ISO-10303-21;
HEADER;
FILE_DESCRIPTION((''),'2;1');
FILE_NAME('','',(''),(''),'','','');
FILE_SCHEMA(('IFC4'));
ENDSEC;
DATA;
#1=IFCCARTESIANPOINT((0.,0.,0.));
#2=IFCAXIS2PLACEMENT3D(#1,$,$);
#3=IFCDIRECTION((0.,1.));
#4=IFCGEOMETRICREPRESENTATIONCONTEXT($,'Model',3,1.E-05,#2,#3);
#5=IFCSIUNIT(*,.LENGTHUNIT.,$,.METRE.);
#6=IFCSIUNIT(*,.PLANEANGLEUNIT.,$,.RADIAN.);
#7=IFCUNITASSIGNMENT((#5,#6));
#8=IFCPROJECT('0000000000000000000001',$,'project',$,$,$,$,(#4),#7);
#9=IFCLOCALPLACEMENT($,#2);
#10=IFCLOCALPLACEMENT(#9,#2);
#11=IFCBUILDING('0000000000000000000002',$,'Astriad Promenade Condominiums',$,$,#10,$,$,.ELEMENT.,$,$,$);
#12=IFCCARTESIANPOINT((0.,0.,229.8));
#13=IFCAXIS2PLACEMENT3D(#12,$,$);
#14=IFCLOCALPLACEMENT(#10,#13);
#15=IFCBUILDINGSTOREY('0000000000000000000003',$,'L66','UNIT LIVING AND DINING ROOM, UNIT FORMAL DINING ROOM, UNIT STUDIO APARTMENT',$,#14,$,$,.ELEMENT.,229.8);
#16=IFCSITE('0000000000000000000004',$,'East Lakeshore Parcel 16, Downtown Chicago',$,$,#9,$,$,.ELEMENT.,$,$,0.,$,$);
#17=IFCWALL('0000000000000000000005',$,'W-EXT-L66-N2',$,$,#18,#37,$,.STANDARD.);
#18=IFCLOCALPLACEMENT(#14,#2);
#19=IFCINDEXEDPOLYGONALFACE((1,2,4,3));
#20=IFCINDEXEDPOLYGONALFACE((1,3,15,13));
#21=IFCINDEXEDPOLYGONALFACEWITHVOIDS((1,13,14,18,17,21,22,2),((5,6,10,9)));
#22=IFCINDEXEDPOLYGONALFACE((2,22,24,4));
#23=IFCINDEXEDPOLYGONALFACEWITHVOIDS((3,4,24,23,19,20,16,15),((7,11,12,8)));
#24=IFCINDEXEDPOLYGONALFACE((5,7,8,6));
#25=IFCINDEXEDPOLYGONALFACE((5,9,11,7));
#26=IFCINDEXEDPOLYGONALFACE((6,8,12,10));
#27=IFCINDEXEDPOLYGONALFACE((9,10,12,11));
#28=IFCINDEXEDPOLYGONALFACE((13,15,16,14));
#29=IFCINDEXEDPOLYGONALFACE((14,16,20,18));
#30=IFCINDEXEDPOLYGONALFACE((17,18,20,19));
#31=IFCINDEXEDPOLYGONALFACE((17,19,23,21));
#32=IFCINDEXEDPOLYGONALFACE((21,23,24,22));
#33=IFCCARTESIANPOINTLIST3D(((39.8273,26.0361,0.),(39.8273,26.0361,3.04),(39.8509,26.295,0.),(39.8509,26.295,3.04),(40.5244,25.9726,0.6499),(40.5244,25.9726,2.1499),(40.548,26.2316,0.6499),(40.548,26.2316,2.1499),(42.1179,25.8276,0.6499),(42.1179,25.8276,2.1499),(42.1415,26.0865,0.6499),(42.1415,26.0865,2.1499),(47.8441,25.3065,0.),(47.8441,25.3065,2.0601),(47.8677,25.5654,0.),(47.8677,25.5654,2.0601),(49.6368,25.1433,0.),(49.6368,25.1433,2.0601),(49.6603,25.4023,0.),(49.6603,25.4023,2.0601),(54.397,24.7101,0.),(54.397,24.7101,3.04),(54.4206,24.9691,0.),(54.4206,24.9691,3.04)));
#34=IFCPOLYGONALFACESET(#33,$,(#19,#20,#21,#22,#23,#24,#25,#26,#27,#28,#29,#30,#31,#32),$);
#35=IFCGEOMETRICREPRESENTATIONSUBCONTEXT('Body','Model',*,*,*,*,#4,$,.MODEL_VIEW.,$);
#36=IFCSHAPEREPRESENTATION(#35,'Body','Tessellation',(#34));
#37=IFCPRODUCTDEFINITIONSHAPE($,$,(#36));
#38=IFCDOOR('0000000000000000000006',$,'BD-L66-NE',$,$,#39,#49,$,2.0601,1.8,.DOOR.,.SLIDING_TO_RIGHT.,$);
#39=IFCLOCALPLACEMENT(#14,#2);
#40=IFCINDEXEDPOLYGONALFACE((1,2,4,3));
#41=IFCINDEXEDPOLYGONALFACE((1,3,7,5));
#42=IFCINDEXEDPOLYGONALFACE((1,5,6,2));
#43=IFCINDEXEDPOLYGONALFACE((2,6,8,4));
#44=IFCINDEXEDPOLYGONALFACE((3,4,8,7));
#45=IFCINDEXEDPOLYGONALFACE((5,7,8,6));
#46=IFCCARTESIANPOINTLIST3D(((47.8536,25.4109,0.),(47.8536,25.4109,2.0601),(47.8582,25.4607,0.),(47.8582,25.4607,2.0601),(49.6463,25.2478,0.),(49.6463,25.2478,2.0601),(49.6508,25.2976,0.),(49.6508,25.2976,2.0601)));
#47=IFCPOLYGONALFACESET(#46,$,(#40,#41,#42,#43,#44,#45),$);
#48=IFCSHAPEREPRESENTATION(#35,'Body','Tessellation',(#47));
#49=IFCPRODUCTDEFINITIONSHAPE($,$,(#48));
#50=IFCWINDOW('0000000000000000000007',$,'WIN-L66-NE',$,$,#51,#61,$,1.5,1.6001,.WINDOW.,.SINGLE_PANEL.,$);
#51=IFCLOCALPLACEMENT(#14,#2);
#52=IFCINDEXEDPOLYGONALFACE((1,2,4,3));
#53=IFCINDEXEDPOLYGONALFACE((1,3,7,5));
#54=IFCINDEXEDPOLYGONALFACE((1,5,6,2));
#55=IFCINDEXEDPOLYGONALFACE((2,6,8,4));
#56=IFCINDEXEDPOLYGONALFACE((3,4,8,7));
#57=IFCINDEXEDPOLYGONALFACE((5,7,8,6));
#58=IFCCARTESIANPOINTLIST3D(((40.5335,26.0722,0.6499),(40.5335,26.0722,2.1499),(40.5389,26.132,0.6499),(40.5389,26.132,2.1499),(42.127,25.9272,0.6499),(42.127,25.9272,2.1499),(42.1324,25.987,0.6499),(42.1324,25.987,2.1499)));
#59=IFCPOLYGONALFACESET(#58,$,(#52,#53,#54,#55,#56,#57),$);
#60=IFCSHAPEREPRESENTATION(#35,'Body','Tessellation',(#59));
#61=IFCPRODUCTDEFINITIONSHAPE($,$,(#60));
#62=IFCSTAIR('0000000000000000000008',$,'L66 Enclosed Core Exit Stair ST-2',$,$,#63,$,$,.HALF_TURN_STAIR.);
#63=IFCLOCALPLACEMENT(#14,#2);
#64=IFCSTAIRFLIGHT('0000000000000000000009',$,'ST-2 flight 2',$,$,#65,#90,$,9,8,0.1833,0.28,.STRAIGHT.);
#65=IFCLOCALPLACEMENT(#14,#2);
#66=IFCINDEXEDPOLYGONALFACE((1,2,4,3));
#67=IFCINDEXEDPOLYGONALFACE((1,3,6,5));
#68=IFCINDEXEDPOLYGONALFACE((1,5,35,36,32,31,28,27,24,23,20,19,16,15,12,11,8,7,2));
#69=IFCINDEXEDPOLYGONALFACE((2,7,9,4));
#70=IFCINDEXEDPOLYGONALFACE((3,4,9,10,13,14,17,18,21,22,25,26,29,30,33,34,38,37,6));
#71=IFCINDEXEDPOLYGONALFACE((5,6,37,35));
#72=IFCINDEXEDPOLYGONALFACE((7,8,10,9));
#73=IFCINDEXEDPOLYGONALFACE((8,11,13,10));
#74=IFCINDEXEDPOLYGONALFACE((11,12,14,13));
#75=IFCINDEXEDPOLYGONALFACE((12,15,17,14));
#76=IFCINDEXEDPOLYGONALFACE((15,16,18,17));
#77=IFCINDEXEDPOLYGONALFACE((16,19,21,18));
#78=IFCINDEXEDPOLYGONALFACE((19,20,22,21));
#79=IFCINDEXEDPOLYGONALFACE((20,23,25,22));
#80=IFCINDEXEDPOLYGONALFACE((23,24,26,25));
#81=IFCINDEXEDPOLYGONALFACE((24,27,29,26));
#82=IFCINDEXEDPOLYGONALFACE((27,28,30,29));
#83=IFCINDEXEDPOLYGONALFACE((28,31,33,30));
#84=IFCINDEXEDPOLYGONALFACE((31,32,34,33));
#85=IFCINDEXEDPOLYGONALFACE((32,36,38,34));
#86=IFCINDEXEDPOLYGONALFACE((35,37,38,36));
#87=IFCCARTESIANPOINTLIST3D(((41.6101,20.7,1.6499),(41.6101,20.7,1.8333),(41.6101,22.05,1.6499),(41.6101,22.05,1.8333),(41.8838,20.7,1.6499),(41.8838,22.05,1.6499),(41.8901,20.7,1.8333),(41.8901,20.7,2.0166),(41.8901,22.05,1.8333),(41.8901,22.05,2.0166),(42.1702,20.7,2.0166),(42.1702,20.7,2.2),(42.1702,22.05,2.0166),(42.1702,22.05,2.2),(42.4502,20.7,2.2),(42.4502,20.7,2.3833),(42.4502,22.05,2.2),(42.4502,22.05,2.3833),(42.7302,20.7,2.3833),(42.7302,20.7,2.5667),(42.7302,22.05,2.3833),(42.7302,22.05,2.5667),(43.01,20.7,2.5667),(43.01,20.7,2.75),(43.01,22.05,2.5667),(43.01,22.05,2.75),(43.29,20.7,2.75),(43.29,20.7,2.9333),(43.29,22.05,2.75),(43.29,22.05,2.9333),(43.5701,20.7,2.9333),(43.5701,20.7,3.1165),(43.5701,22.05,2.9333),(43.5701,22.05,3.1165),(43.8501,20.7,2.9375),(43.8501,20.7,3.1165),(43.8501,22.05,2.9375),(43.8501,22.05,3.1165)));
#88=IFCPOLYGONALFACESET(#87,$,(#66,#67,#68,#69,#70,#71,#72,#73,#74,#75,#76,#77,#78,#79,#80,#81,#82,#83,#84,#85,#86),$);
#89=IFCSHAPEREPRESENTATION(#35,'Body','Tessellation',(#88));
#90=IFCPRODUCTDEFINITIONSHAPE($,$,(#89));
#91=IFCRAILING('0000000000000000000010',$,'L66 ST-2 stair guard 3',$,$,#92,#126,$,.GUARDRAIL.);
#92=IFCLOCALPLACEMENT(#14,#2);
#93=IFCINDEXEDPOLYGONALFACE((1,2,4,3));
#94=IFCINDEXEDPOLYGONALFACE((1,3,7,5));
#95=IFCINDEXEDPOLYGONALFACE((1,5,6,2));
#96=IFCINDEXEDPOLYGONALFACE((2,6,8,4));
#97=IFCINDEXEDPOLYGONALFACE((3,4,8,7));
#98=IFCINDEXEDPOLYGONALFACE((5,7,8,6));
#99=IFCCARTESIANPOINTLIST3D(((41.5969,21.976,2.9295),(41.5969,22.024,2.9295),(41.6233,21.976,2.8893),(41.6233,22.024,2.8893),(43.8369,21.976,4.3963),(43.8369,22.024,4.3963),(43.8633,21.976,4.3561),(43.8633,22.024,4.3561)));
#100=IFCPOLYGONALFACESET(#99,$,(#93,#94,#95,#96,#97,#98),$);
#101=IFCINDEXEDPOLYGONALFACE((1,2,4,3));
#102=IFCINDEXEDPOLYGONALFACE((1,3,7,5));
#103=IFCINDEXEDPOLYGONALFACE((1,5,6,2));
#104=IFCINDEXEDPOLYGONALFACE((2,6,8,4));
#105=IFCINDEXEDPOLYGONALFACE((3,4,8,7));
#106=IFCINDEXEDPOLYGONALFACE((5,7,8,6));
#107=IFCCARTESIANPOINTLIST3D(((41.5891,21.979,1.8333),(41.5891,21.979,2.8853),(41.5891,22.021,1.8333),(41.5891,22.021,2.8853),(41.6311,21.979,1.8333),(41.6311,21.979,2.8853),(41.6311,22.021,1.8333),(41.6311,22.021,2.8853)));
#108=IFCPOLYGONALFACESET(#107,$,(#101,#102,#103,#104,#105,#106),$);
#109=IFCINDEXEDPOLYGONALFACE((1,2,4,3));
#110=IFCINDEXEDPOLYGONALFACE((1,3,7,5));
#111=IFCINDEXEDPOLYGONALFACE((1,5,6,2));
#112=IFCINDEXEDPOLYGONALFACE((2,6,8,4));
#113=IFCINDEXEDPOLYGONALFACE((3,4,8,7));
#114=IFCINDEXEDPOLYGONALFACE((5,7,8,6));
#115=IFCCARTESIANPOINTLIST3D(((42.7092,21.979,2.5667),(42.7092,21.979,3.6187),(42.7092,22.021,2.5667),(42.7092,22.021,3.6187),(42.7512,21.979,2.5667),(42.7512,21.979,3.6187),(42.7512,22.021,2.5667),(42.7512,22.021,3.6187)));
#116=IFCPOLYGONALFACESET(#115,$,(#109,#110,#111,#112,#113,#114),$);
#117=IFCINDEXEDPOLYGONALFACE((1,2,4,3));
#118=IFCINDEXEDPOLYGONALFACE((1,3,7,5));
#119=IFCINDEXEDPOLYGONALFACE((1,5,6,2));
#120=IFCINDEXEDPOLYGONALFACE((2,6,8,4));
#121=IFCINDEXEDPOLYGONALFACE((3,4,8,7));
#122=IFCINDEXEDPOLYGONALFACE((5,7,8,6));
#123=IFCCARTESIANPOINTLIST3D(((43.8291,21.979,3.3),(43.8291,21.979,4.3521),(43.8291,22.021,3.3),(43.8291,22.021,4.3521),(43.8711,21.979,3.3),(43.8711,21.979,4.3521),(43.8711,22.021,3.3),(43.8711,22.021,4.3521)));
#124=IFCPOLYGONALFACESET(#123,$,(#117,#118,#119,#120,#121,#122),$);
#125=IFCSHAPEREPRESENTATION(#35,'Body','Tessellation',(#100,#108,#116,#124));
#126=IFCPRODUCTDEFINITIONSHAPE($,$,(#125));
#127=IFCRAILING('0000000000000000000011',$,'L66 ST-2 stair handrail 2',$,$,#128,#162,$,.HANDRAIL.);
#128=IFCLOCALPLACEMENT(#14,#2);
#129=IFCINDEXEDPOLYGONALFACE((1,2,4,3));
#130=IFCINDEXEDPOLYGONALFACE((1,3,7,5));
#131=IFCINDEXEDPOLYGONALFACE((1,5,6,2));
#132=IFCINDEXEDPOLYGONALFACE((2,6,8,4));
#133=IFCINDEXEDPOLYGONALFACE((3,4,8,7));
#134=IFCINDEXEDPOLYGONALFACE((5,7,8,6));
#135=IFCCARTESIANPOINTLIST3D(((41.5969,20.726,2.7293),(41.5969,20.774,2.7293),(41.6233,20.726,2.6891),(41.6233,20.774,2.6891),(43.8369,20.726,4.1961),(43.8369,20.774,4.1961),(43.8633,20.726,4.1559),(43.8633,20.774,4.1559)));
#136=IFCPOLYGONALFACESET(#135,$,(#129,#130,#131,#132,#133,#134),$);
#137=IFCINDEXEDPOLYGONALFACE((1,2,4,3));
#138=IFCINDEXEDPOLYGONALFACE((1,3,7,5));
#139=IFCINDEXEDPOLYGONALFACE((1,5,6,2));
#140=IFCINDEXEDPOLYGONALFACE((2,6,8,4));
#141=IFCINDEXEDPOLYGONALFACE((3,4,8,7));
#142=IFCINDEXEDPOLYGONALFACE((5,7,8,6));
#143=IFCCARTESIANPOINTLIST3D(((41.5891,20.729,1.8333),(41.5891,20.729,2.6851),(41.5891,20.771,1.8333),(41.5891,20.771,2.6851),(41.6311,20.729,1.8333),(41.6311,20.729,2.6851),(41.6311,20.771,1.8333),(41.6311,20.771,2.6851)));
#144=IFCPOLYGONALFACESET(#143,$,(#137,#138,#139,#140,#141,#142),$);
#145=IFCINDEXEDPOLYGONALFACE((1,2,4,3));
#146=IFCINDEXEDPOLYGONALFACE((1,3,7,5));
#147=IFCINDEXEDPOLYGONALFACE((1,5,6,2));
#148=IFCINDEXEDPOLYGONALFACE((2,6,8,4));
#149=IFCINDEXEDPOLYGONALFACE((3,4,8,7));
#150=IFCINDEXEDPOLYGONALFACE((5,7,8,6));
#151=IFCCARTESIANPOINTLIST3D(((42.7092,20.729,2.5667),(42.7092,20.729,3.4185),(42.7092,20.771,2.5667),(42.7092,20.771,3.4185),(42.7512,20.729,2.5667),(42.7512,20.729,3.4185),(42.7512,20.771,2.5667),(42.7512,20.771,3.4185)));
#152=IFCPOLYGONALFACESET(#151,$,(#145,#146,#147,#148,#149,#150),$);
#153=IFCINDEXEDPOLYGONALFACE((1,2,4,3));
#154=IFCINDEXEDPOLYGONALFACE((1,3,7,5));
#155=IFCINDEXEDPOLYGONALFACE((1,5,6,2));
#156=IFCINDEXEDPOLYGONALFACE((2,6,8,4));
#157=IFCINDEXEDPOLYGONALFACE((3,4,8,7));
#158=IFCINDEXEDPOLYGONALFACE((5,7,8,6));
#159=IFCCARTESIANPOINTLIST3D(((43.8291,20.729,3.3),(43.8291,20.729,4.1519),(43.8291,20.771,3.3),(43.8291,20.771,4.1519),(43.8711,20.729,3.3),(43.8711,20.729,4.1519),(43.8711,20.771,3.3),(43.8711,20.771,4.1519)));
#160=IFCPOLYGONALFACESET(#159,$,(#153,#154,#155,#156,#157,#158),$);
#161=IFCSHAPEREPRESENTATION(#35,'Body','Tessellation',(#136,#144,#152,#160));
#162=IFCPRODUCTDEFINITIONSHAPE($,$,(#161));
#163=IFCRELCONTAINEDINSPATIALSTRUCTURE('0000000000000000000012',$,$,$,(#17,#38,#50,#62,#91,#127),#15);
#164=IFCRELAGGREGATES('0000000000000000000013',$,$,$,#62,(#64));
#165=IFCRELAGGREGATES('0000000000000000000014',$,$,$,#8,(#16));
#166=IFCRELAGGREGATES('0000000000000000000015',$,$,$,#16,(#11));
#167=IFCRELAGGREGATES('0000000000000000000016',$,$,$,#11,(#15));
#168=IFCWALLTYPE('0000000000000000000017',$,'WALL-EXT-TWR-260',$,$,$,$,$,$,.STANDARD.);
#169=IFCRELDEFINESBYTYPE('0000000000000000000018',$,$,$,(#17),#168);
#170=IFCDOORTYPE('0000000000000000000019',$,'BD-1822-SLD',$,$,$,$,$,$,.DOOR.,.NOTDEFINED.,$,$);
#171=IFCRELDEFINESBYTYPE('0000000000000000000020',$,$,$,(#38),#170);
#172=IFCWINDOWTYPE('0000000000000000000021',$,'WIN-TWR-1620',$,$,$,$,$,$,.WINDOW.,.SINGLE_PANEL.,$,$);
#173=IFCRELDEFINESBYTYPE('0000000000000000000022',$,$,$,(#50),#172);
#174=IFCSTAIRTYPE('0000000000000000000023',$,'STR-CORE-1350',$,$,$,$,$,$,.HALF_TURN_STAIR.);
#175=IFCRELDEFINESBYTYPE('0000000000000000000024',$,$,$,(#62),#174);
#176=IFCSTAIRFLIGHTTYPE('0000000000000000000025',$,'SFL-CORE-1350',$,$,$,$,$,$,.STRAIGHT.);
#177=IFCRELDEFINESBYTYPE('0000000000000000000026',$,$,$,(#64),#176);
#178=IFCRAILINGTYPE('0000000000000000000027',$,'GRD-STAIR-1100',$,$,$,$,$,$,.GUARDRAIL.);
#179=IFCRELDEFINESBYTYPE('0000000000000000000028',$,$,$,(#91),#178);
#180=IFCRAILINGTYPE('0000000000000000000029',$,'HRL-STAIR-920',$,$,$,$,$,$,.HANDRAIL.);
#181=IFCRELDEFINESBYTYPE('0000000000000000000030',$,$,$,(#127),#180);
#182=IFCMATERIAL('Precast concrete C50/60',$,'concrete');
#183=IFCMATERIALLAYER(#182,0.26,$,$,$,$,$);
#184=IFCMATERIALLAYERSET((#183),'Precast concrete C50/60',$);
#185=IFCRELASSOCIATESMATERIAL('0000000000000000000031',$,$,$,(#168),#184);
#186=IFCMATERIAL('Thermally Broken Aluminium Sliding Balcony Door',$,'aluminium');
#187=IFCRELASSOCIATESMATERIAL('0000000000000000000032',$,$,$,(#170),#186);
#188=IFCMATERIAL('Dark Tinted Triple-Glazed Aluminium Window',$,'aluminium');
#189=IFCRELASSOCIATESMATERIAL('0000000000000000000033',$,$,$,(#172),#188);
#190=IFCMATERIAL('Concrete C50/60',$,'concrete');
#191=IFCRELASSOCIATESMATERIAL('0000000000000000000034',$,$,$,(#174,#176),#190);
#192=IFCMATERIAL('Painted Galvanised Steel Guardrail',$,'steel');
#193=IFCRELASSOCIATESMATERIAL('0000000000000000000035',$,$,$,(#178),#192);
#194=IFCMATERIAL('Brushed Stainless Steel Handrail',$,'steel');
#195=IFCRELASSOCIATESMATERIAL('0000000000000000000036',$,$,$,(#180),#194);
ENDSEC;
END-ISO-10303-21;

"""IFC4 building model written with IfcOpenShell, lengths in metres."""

from ifc_helpers import new_model, si_unit, direction, frame, frame_2d, origin, origin_2d, place, context, subcontext, project, spatial, polyline, rectangle, outline, extrude, source, transform, mapped, material, layer, layer_set, type_object, type_shapes, element, fill, aggregate, save


model = new_model("IFC4")

# Units and contexts
model_context = context("Model", 3, precision=1e-05, world=origin(), true_north=direction((0.0, 1.0)))
body_context = subcontext(model_context, "Body", "Model", "MODEL_VIEW")
ifc_project = project(units=[si_unit("LENGTHUNIT", "METRE"), si_unit("PLANEANGLEUNIT", "RADIAN")], contexts=[model_context])

# Site, building, storey
site_placement = place(None, origin())
site = spatial("IfcSite", under=ifc_project, at=site_placement, Name="East Lakeshore Parcel 16, Downtown Chicago", CompositionType="ELEMENT", RefElevation=0.0)
building_placement = place(site_placement, origin())
building = spatial("IfcBuilding", under=site, at=building_placement, Name="Astriad Promenade Condominiums", CompositionType="ELEMENT")
storey_placement = place(building_placement, frame((0.0, 0.0, 229.8)))
storey = spatial("IfcBuildingStorey", under=building, at=storey_placement, Name="L66", Description="UNIT LIVING AND DINING ROOM, UNIT FORMAL DINING ROOM, UNIT STUDIO APARTMENT", CompositionType="ELEMENT", Elevation=229.8)

# Shared definitions
ifc_material_1 = material(Name="Concrete C50/60", Category="concrete")

# Wall, openings, door, window
ifc_material_2 = material(Name="Precast concrete C50/60", Category="concrete")
ifc_layer_1 = layer(ifc_material_2, 0.26)
ifc_layer_set_1 = layer_set([ifc_layer_1], Name="Precast concrete C50/60")
wall_type_1 = type_object("IfcWallType", Name="WALL-EXT-TWR-260", PredefinedType="STANDARD", material=ifc_layer_set_1)
wall_1_placement = place(storey_placement, frame((39.8391, 26.1655, 0.0), z_axis=(0.0, 0.0, 1.0), x_axis=(0.995884, -0.090632, 0.0)))
wall_1 = element("IfcWall", 1, at=wall_1_placement, inside=storey, type_object=wall_type_1, Name="W-EXT-L66-N2", PredefinedType="STANDARD", context=body_context, shape_type="SweptSolid", body=[
    extrude(rectangle(XDim=14.6299, YDim=0.26, at=frame_2d((7.3149, 0.0))), origin(), (0.0, 0.0, 1.0), 3.04),
])
opening_1_placement = place(wall_1_placement, frame((8.05, 0.0, 0.0)))
opening_1 = element("IfcOpeningElement", 2, at=opening_1_placement, cuts=wall_1, PredefinedType="OPENING", context=body_context, shape_type="SweptSolid", body=[
    extrude(rectangle(XDim=1.8, YDim=2.0601, at=frame_2d((0.8999, 1.03))), frame((0.0, 0.1399, 0.0), z_axis=(0.0, -1.0, 0.0), x_axis=(1.0, 0.0, 0.0)), (0.0, 0.0, 1.0), 0.28),
])
opening_2_placement = place(wall_1_placement, frame((0.7, 0.0, 0.6499)))
opening_2 = element("IfcOpeningElement", 3, at=opening_2_placement, cuts=wall_1, PredefinedType="OPENING", context=body_context, shape_type="SweptSolid", body=[
    extrude(rectangle(XDim=1.6001, YDim=1.5, at=frame_2d((0.8, 0.75))), frame((0.0, 0.1399, 0.0), z_axis=(0.0, -1.0, 0.0), x_axis=(1.0, 0.0, 0.0)), (0.0, 0.0, 1.0), 0.28),
])
ifc_material_3 = material(Name="Thermally Broken Aluminium Sliding Balcony Door", Category="aluminium")
door_type_1 = type_object("IfcDoorType", Name="BD-1822-SLD", OperationType="NOTDEFINED", PredefinedType="DOOR", material=ifc_material_3)
shared_shape_1 = source(origin(), body_context, "Body", "SweptSolid", [
    extrude(rectangle(XDim=1.8, YDim=2.0601, at=frame_2d((0.8999, 1.03))), frame((0.0, 0.0249, 0.0), z_axis=(0.0, -1.0, 0.0), x_axis=(1.0, 0.0, 0.0)), (0.0, 0.0, 1.0), 0.05),
])
type_shapes(door_type_1, [shared_shape_1])
door_1_placement = place(opening_1_placement, origin())
door_1 = element("IfcDoor", 4, at=door_1_placement, inside=storey, type_object=door_type_1, Name="BD-L66-NE", OperationType="SLIDING_TO_RIGHT", OverallHeight=2.0601, OverallWidth=1.8, PredefinedType="DOOR", context=body_context, shape_type="MappedRepresentation", body=[
    mapped(shared_shape_1, transform((0.0, 0.0, 0.0), scale=1.0)),
])
fill(opening_1, door_1)
ifc_material_4 = material(Name="Dark Tinted Triple-Glazed Aluminium Window", Category="aluminium")
window_type = type_object("IfcWindowType", Name="WIN-TWR-1620", PartitioningType="SINGLE_PANEL", PredefinedType="WINDOW", material=ifc_material_4)
shared_shape_2 = source(origin(), body_context, "Body", "SweptSolid", [
    extrude(rectangle(XDim=1.6001, YDim=1.5, at=frame_2d((0.8, 0.75))), frame((0.0, 0.03, 0.0), z_axis=(0.0, -1.0, 0.0), x_axis=(1.0, 0.0, 0.0)), (0.0, 0.0, 1.0), 0.0601),
])
type_shapes(window_type, [shared_shape_2])
window_placement = place(opening_2_placement, origin())
window = element("IfcWindow", 5, at=window_placement, inside=storey, type_object=window_type, Name="WIN-L66-NE", OverallHeight=1.5, OverallWidth=1.6001, PartitioningType="SINGLE_PANEL", PredefinedType="WINDOW", context=body_context, shape_type="MappedRepresentation", body=[
    mapped(shared_shape_2, transform((0.0, 0.0, 0.0), scale=1.0)),
])
fill(opening_2, window)

# Stair, stair flight
stair_type = type_object("IfcStairType", Name="STR-CORE-1350", PredefinedType="HALF_TURN_STAIR", material=ifc_material_1)
stair_placement = place(storey_placement, origin())
stair = element("IfcStair", 6, at=stair_placement, inside=storey, type_object=stair_type, Name="L66 Enclosed Core Exit Stair ST-2", PredefinedType="HALF_TURN_STAIR")
stair_flight_type = type_object("IfcStairFlightType", Name="SFL-CORE-1350", PredefinedType="STRAIGHT", material=ifc_material_1)
shared_shape_3 = source(origin(), body_context, "Body", "SweptSolid", [
    extrude(outline(polyline([(0.0, 0.0), (0.0, 0.1833), (0.28, 0.1833), (0.28, 0.3667), (0.5601, 0.3667), (0.5601, 0.55), (0.8401, 0.55), (0.8401, 0.7334), (1.1201, 0.7334), (1.1201, 0.9167), (1.3999, 0.9167), (1.3999, 1.1001), (1.6799, 1.1001), (1.6799, 1.2834), (1.96, 1.2834), (1.96, 1.4666), (2.24, 1.4666), (2.24, 1.6499), (2.24, 1.2876), (0.2737, 0.0), (0.0, 0.0)])), frame((0.0, 0.675, 0.0), z_axis=(0.0, -1.0, 0.0), x_axis=(1.0, 0.0, 0.0)), (0.0, 0.0, 1.0), 1.3501),
])
type_shapes(stair_flight_type, [shared_shape_3])
stair_flight_placement = place(storey_placement, frame((41.6101, 21.375, 1.6499), z_axis=(0.0, 0.0, 1.0), x_axis=(1.0, 0.0, 0.0)))
stair_flight = element("IfcStairFlight", 7, at=stair_flight_placement, type_object=stair_flight_type, Name="ST-2 flight 2", NumberOfRisers=9, NumberOfTreads=8, PredefinedType="STRAIGHT", RiserHeight=0.1833, TreadLength=0.28, context=body_context, shape_type="MappedRepresentation", body=[
    mapped(shared_shape_3, transform((0.0, 0.0, 0.0), scale=1.0)),
])
aggregate(stair, [stair_flight])

# Railings
ifc_material_5 = material(Name="Painted Galvanised Steel Guardrail", Category="steel")
railing_type_1 = type_object("IfcRailingType", Name="GRD-STAIR-1100", PredefinedType="GUARDRAIL", material=ifc_material_5)
shared_shape_4 = source(origin(), body_context, "Body", "SweptSolid", [
    extrude(rectangle(XDim=0.0481, YDim=0.0481, at=origin_2d()), frame((0.0, 0.0, 1.0762), z_axis=(0.836595, 0.0, 0.547822), x_axis=(0.0, 1.0, 0.0)), (0.0, 0.0, 1.0), 2.6775),
    extrude(rectangle(XDim=0.042, YDim=0.042, at=origin_2d()), origin(), (0.0, 0.0, 1.0), 1.052),
    extrude(rectangle(XDim=0.042, YDim=0.042, at=origin_2d()), frame((1.1201, 0.0, 0.7334)), (0.0, 0.0, 1.0), 1.052),
    extrude(rectangle(XDim=0.042, YDim=0.042, at=origin_2d()), frame((2.24, 0.0, 1.4668)), (0.0, 0.0, 1.0), 1.052),
])
railing_1_placement = place(storey_placement, frame((41.6101, 22.0, 1.8333)))
element("IfcRailing", 8, at=railing_1_placement, inside=storey, type_object=railing_type_1, Name="L66 ST-2 stair guard 3", PredefinedType="GUARDRAIL", context=body_context, shape_type="MappedRepresentation", body=[
    mapped(shared_shape_4, transform((0.0, 0.0, 0.0), scale=1.0)),
])
ifc_material_6 = material(Name="Brushed Stainless Steel Handrail", Category="steel")
railing_type_2 = type_object("IfcRailingType", Name="HRL-STAIR-920", PredefinedType="HANDRAIL", material=ifc_material_6)
shared_shape_5 = source(origin(), body_context, "Body", "SweptSolid", [
    extrude(rectangle(XDim=0.0481, YDim=0.0481, at=origin_2d()), frame((0.0, 0.0, 0.876), z_axis=(0.836595, 0.0, 0.547822), x_axis=(0.0, 1.0, 0.0)), (0.0, 0.0, 1.0), 2.6775),
    extrude(rectangle(XDim=0.042, YDim=0.042, at=origin_2d()), origin(), (0.0, 0.0, 1.0), 0.8518),
    extrude(rectangle(XDim=0.042, YDim=0.042, at=origin_2d()), frame((1.1201, 0.0, 0.7334)), (0.0, 0.0, 1.0), 0.8518),
    extrude(rectangle(XDim=0.042, YDim=0.042, at=origin_2d()), frame((2.24, 0.0, 1.4668)), (0.0, 0.0, 1.0), 0.8518),
])
type_shapes(railing_type_2, [shared_shape_5])
railing_2_placement = place(storey_placement, frame((41.6101, 20.75, 1.8333)))
element("IfcRailing", 9, at=railing_2_placement, inside=storey, type_object=railing_type_2, Name="L66 ST-2 stair handrail 2", PredefinedType="HANDRAIL", context=body_context, shape_type="MappedRepresentation", body=[
    mapped(shared_shape_5, transform((0.0, 0.0, 0.0), scale=1.0)),
])

save(model, "model.ifc")
